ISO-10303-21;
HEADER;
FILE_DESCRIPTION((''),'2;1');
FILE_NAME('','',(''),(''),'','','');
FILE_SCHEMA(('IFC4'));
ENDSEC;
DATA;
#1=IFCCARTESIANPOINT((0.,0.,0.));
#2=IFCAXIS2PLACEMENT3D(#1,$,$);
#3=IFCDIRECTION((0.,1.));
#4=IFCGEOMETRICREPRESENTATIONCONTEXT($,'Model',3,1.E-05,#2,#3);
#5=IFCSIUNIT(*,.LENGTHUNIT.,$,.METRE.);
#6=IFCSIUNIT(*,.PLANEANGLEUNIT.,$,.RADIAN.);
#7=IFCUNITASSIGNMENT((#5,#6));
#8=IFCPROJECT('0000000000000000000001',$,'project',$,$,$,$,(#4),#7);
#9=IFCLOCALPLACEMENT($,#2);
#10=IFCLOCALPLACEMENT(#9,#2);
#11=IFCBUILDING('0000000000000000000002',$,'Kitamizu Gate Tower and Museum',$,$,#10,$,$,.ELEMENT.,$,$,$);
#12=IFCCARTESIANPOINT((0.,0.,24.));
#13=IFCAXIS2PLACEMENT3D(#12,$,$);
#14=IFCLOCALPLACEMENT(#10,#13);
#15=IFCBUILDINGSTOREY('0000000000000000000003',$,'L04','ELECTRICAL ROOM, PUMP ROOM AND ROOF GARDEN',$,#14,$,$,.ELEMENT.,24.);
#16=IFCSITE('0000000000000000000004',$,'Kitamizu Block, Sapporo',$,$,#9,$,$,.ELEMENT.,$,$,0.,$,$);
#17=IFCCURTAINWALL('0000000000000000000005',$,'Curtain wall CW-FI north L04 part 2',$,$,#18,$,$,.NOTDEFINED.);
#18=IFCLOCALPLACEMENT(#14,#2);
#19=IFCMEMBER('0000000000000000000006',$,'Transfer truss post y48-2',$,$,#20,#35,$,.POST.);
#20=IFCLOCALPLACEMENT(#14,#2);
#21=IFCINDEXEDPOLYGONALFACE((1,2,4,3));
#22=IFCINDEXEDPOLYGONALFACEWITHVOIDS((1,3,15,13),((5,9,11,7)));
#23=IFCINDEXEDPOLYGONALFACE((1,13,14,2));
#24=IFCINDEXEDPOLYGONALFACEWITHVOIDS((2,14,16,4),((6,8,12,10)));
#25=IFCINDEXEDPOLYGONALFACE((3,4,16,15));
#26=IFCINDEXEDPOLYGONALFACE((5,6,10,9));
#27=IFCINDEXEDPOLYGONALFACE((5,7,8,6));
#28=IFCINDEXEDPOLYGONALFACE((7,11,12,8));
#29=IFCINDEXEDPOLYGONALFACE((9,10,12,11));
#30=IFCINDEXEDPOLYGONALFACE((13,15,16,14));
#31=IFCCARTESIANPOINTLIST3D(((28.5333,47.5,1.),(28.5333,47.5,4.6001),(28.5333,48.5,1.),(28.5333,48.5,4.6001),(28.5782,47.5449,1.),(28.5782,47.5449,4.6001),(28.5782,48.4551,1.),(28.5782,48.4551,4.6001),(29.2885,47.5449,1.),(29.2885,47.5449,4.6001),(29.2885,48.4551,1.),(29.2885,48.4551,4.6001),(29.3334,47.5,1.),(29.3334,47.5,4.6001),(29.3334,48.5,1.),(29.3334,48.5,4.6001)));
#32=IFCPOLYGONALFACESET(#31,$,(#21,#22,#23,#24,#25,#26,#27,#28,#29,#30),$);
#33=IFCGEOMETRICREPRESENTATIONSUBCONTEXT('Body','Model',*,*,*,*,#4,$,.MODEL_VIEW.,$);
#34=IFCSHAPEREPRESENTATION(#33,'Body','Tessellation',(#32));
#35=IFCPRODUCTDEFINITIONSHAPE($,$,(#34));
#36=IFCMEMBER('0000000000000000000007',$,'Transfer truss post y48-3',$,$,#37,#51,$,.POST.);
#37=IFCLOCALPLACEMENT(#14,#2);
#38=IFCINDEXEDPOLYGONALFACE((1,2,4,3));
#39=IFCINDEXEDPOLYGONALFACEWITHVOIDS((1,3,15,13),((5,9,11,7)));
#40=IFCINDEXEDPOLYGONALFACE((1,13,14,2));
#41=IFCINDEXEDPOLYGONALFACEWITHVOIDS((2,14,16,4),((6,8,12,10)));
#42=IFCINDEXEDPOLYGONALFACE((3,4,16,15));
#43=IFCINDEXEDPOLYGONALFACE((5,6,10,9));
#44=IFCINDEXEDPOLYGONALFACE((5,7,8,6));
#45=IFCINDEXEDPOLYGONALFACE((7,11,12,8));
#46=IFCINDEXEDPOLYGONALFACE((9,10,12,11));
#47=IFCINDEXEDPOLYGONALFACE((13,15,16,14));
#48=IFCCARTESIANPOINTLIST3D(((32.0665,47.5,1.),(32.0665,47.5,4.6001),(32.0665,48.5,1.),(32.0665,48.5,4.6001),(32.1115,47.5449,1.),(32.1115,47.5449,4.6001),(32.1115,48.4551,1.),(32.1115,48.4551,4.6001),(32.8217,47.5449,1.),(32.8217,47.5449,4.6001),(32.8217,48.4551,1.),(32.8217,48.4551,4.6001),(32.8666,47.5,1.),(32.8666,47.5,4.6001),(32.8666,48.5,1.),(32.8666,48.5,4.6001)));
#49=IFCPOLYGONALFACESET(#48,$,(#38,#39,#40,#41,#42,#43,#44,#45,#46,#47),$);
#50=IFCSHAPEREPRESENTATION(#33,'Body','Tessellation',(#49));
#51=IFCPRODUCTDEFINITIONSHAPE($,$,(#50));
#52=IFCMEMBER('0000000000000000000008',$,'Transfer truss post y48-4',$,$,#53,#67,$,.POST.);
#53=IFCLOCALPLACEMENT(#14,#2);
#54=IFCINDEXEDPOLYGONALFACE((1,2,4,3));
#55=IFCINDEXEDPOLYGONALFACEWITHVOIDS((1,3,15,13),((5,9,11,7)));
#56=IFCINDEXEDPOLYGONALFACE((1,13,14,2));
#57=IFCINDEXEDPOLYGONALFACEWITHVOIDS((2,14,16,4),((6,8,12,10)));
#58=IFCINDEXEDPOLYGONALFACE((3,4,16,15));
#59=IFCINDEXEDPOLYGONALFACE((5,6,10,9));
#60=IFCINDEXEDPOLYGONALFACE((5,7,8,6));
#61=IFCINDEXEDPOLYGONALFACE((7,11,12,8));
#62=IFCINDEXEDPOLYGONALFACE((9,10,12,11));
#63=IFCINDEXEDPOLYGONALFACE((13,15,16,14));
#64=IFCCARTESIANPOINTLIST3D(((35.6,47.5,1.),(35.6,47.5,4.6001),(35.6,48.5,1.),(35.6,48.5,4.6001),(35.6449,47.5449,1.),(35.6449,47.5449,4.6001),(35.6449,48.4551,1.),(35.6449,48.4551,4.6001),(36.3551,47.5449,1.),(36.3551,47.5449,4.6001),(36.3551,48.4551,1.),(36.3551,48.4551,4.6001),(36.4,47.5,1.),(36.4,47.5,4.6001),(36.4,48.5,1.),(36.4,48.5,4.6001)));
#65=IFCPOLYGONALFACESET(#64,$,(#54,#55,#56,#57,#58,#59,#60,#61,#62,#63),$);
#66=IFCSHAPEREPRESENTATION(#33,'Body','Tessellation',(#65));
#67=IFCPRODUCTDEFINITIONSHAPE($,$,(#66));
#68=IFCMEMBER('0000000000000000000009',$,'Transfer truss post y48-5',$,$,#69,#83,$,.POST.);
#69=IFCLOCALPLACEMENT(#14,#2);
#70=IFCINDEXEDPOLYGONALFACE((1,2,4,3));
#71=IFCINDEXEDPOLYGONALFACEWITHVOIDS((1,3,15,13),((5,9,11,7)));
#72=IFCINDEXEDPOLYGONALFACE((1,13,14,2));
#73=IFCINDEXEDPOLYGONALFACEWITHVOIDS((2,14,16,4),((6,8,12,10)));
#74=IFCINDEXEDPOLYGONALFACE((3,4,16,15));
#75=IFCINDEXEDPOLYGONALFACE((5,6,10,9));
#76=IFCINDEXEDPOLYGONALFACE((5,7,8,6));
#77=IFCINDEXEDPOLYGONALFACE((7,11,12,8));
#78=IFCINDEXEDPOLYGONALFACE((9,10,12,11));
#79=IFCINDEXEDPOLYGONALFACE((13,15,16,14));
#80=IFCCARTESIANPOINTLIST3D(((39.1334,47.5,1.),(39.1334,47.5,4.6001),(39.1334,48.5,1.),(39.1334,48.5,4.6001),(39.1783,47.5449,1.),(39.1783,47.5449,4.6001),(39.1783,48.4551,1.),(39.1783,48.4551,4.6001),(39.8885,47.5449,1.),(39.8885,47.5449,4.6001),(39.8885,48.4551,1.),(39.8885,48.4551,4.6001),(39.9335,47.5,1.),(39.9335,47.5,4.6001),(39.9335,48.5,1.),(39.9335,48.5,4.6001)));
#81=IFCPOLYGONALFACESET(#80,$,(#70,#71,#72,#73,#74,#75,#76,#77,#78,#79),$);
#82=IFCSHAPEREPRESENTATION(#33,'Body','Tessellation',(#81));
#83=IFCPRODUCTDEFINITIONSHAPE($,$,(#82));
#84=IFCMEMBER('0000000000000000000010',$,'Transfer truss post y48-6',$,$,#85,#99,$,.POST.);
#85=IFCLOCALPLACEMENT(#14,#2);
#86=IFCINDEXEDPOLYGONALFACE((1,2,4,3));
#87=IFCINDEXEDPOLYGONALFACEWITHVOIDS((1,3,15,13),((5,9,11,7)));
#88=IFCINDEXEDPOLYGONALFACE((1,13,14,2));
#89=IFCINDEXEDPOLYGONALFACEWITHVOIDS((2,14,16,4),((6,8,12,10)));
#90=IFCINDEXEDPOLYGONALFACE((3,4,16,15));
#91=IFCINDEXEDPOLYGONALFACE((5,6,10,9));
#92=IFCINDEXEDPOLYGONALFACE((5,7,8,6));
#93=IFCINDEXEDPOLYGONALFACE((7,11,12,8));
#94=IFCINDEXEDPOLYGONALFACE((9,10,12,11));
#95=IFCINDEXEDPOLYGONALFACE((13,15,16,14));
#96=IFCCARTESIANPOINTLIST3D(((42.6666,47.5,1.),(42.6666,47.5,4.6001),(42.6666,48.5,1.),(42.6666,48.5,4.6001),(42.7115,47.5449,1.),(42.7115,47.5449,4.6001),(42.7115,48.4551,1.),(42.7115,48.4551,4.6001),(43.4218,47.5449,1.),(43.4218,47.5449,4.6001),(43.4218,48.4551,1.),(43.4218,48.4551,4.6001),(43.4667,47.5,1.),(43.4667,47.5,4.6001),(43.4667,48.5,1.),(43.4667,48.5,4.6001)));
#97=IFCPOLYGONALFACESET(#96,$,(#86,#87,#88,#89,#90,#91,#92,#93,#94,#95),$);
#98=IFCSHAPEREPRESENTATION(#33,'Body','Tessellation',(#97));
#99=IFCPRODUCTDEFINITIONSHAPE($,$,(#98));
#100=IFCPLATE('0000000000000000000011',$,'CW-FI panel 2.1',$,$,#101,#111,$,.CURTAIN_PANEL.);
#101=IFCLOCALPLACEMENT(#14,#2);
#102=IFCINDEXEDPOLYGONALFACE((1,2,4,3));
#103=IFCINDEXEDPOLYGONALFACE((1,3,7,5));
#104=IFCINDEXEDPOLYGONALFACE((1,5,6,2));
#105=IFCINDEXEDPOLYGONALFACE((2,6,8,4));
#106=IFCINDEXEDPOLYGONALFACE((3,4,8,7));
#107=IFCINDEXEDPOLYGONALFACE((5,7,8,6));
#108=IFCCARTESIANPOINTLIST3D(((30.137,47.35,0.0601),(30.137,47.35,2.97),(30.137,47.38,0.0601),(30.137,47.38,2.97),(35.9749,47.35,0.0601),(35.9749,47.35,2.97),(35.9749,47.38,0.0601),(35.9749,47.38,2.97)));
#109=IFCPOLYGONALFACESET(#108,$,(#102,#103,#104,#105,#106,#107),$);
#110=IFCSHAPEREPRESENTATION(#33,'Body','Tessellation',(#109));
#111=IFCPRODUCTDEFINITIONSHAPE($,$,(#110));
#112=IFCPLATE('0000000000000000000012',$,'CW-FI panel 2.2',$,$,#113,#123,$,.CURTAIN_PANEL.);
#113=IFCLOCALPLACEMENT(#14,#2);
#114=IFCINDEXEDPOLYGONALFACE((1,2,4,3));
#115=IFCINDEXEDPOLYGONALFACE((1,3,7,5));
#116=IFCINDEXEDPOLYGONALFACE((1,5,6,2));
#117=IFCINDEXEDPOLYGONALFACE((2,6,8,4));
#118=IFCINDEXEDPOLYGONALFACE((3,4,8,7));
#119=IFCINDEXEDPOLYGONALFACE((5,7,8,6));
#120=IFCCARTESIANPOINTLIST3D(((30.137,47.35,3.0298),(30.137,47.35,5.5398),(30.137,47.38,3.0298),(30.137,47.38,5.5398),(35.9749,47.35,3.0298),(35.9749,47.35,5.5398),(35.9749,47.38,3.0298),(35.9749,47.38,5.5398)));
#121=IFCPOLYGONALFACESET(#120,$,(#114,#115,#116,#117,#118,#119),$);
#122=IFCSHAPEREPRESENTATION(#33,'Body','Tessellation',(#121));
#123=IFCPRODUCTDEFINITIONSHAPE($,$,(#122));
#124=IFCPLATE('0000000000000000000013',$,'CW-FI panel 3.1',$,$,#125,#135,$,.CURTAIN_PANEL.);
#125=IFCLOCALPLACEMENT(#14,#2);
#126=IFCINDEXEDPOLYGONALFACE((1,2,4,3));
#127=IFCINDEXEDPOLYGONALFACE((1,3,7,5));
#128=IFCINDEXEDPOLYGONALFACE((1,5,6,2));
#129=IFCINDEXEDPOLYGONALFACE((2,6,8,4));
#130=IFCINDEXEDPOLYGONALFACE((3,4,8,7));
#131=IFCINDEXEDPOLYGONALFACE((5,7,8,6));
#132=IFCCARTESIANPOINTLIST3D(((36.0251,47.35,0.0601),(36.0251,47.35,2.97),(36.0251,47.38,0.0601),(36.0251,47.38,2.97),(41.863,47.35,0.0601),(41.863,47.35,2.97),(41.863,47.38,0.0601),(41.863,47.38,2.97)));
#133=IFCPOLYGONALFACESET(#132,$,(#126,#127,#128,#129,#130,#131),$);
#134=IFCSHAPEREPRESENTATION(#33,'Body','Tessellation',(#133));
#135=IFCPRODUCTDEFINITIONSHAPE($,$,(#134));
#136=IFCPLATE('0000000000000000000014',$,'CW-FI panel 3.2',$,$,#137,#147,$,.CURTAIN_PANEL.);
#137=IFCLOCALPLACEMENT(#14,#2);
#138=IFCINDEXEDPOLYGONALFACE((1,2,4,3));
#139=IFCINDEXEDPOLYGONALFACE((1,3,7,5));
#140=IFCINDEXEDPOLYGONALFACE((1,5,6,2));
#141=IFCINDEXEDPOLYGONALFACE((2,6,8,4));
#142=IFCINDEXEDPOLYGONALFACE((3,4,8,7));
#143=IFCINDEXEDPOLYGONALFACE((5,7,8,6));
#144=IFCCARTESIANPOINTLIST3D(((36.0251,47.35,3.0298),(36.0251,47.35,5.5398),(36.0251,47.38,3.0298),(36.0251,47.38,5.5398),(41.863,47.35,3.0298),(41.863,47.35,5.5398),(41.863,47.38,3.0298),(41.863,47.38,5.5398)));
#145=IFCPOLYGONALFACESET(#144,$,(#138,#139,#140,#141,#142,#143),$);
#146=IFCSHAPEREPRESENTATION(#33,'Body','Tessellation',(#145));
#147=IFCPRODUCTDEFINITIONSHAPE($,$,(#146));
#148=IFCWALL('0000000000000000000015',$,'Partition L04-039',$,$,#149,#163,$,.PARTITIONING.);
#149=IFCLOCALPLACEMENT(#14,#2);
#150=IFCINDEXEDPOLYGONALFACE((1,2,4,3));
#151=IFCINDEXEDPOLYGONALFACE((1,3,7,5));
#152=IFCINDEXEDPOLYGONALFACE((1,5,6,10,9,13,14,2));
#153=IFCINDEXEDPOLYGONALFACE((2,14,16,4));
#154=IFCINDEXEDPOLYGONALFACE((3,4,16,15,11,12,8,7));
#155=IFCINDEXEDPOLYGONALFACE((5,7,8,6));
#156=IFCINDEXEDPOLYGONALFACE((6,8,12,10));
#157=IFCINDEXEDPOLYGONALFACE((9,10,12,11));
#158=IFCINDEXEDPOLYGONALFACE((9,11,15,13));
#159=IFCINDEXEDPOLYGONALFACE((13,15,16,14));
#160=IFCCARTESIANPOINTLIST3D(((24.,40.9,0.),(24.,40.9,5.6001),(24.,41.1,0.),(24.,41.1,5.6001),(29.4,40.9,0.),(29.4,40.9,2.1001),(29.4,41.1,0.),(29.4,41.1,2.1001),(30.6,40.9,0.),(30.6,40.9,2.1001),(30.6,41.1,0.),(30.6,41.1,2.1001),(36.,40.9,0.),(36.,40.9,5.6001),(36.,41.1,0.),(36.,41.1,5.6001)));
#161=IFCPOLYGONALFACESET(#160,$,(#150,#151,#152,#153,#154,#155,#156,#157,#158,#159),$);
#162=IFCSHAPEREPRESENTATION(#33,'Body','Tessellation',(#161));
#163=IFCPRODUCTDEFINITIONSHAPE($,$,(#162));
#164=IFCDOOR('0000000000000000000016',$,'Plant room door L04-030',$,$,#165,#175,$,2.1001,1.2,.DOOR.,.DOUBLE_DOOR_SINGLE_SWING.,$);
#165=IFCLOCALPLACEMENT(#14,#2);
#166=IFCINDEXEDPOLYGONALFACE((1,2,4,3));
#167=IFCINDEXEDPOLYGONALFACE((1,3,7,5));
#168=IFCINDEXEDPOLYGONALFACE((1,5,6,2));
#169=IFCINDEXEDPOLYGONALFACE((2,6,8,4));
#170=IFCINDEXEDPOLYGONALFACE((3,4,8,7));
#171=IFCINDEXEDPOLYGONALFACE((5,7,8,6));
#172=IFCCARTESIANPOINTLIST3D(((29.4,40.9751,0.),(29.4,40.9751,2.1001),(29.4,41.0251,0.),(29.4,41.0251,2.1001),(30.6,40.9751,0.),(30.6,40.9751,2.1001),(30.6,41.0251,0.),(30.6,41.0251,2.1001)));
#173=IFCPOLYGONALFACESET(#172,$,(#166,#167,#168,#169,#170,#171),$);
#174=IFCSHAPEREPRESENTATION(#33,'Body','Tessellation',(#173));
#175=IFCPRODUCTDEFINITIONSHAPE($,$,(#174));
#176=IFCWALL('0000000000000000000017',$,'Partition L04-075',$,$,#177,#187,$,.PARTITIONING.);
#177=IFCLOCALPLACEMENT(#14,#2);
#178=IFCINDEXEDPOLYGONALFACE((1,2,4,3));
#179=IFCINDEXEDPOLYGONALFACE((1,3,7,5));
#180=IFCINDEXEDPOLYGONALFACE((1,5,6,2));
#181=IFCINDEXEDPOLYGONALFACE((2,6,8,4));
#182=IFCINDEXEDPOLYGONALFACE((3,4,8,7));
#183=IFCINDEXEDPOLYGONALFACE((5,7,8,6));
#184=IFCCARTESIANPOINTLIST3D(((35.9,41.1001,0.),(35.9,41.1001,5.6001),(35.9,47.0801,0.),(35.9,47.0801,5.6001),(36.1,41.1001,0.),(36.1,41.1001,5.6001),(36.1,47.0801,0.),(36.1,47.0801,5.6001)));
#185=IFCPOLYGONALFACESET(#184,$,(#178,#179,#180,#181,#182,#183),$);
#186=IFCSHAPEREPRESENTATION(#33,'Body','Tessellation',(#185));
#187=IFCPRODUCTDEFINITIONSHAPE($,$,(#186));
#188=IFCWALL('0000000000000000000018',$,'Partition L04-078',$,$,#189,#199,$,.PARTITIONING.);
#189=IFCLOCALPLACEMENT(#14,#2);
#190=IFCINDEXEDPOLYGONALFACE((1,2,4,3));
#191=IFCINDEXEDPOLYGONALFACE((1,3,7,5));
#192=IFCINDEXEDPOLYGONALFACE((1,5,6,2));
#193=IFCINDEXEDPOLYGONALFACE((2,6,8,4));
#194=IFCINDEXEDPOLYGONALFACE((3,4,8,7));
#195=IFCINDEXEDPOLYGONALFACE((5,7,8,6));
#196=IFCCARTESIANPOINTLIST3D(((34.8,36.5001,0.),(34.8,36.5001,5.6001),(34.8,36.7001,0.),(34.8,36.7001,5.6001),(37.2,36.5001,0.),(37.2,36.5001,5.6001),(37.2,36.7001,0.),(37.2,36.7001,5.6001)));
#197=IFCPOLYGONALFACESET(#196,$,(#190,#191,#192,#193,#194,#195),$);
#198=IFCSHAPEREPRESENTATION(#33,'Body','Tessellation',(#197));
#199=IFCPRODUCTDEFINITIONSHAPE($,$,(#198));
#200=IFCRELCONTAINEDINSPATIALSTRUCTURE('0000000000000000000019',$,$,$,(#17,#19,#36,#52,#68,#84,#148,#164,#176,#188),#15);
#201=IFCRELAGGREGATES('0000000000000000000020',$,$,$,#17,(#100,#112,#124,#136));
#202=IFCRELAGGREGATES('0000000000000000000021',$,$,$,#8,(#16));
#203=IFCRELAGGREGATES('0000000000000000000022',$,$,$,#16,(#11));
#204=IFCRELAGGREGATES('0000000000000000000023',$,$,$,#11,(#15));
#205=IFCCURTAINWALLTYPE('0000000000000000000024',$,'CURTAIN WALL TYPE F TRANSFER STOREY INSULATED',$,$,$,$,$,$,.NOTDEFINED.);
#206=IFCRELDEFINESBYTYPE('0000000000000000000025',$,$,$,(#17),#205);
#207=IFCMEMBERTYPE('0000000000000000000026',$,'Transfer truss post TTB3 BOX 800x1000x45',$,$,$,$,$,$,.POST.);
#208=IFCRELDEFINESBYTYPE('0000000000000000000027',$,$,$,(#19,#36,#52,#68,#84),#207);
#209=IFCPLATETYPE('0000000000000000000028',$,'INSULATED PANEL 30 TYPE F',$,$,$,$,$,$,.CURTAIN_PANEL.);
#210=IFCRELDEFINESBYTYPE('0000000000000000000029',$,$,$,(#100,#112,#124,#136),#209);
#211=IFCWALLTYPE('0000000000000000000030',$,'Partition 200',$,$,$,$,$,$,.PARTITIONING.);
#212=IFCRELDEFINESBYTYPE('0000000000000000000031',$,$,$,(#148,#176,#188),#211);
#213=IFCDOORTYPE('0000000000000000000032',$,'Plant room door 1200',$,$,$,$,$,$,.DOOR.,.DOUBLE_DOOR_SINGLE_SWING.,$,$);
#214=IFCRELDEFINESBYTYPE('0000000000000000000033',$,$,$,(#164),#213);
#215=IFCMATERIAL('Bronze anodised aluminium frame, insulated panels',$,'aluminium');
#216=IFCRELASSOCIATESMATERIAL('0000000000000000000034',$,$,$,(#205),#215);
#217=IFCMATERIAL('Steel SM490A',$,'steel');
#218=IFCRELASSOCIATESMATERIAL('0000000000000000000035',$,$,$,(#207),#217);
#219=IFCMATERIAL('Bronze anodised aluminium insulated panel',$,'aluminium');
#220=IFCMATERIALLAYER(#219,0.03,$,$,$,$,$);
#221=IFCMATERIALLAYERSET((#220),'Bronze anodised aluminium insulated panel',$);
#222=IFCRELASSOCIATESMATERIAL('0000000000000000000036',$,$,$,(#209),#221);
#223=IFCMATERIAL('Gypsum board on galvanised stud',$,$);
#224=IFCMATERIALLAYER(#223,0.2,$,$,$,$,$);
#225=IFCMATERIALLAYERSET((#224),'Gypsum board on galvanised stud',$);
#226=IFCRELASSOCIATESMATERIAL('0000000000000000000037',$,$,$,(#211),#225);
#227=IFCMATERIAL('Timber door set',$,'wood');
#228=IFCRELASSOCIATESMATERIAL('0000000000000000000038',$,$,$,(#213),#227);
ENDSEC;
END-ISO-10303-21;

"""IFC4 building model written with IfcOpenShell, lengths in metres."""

from ifc_helpers import new_model, si_unit, direction, frame, frame_2d, origin, origin_2d, place, context, subcontext, project, spatial, rectangle, hollow_rectangle, extrude, material, layer, layer_set, material_profile, profile_set, type_object, element, fill, aggregate, save


model = new_model("IFC4")

# Units and contexts
model_context = context("Model", 3, precision=1e-05, world=origin(), true_north=direction((0.0, 1.0)))
body_context = subcontext(model_context, "Body", "Model", "MODEL_VIEW")
ifc_project = project(units=[si_unit("LENGTHUNIT", "METRE"), si_unit("PLANEANGLEUNIT", "RADIAN")], contexts=[model_context])

# Site, building, storey
site_placement = place(None, origin())
site = spatial("IfcSite", under=ifc_project, at=site_placement, Name="Kitamizu Block, Sapporo", CompositionType="ELEMENT", RefElevation=0.0)
building_placement = place(site_placement, origin())
building = spatial("IfcBuilding", under=site, at=building_placement, Name="Kitamizu Gate Tower and Museum", CompositionType="ELEMENT")
storey_placement = place(building_placement, frame((0.0, 0.0, 24.0)))
storey = spatial("IfcBuildingStorey", under=building, at=storey_placement, Name="L04", Description="ELECTRICAL ROOM, PUMP ROOM AND ROOF GARDEN", CompositionType="ELEMENT", Elevation=24.0)

# Curtain wall
ifc_material_1 = material(Name="Bronze anodised aluminium frame, insulated panels", Category="aluminium")
curtain_wall_type = type_object("IfcCurtainWallType", Name="CURTAIN WALL TYPE F TRANSFER STOREY INSULATED", PredefinedType="NOTDEFINED", material=ifc_material_1)
curtain_wall_placement = place(storey_placement, origin())
curtain_wall = element("IfcCurtainWall", 1, at=curtain_wall_placement, inside=storey, type_object=curtain_wall_type, Name="Curtain wall CW-FI north L04 part 2", PredefinedType="NOTDEFINED")

# Members
ifc_material_2 = material(Name="Steel SM490A", Category="steel")
ifc_material_profile_1 = material_profile(ifc_material_2, hollow_rectangle(XDim=0.8, YDim=1.0, WallThickness=0.0449, at=origin_2d()), Name="BOX 800x1000x45")
ifc_profile_set_1 = profile_set([ifc_material_profile_1], Name="Steel SM490A")
member_type_1 = type_object("IfcMemberType", Name="Transfer truss post TTB3 BOX 800x1000x45", PredefinedType="POST", material=ifc_profile_set_1)
for number, where, z_axis, x_axis, name in (
    (2, (28.9333, 48.0, 1.0), (0.0, 0.0, 1.0), (1.0, 0.0, 0.0), "Transfer truss post y48-2"),
    (3, (32.4666, 48.0, 1.0), (0.0, 0.0, 1.0), (1.0, 0.0, 0.0), "Transfer truss post y48-3"),
    (4, (36.0, 48.0, 1.0), (0.0, 0.0, 1.0), (1.0, 0.0, 0.0), "Transfer truss post y48-4"),
    (5, (39.5334, 48.0, 1.0), (0.0, 0.0, 1.0), (1.0, 0.0, 0.0), "Transfer truss post y48-5"),
    (6, (43.0667, 48.0, 1.0), (0.0, 0.0, 1.0), (1.0, 0.0, 0.0), "Transfer truss post y48-6"),
):
    element("IfcMember", number, at=place(storey_placement, frame(where, z_axis=z_axis, x_axis=x_axis)), inside=storey, type_object=member_type_1, Name=name, PredefinedType="POST", context=body_context, shape_type="SweptSolid", body=[
        extrude(hollow_rectangle(XDim=0.8, YDim=1.0, WallThickness=0.0449, at=origin_2d()), origin(), (0.0, 0.0, 1.0), 3.6001),
    ])

# Plates
ifc_material_3 = material(Name="Bronze anodised aluminium insulated panel", Category="aluminium")
ifc_layer_1 = layer(ifc_material_3, 0.03)
ifc_layer_set_1 = layer_set([ifc_layer_1], Name="Bronze anodised aluminium insulated panel")
plate_type = type_object("IfcPlateType", Name="INSULATED PANEL 30 TYPE F", PredefinedType="CURTAIN_PANEL", material=ifc_layer_set_1)
plate_1_placement = place(storey_placement, frame((33.0559, 47.365, 0.0601), z_axis=(0.0, 0.0, 1.0), x_axis=(1.0, 0.0, 0.0)))
plate_1 = element("IfcPlate", 7, at=plate_1_placement, type_object=plate_type, Name="CW-FI panel 2.1", PredefinedType="CURTAIN_PANEL", context=body_context, shape_type="SweptSolid", body=[
    extrude(rectangle(XDim=5.8379, YDim=0.03, at=origin_2d()), origin(), (0.0, 0.0, 1.0), 2.9099),
])
plate_2_placement = place(storey_placement, frame((33.0559, 47.365, 3.0298), z_axis=(0.0, 0.0, 1.0), x_axis=(1.0, 0.0, 0.0)))
plate_2 = element("IfcPlate", 8, at=plate_2_placement, type_object=plate_type, Name="CW-FI panel 2.2", PredefinedType="CURTAIN_PANEL", context=body_context, shape_type="SweptSolid", body=[
    extrude(rectangle(XDim=5.8379, YDim=0.03, at=origin_2d()), origin(), (0.0, 0.0, 1.0), 2.51),
])
plate_3_placement = place(storey_placement, frame((38.9441, 47.365, 0.0601), z_axis=(0.0, 0.0, 1.0), x_axis=(1.0, 0.0, 0.0)))
plate_3 = element("IfcPlate", 9, at=plate_3_placement, type_object=plate_type, Name="CW-FI panel 3.1", PredefinedType="CURTAIN_PANEL", context=body_context, shape_type="SweptSolid", body=[
    extrude(rectangle(XDim=5.8379, YDim=0.03, at=origin_2d()), origin(), (0.0, 0.0, 1.0), 2.9099),
])
plate_4_placement = place(storey_placement, frame((38.9441, 47.365, 3.0298), z_axis=(0.0, 0.0, 1.0), x_axis=(1.0, 0.0, 0.0)))
plate_4 = element("IfcPlate", 10, at=plate_4_placement, type_object=plate_type, Name="CW-FI panel 3.2", PredefinedType="CURTAIN_PANEL", context=body_context, shape_type="SweptSolid", body=[
    extrude(rectangle(XDim=5.8379, YDim=0.03, at=origin_2d()), origin(), (0.0, 0.0, 1.0), 2.51),
])
aggregate(curtain_wall, [plate_1, plate_2, plate_3, plate_4])

# Wall, opening, door
ifc_material_4 = material(Name="Gypsum board on galvanised stud")
ifc_layer_2 = layer(ifc_material_4, 0.2)
ifc_layer_set_2 = layer_set([ifc_layer_2], Name="Gypsum board on galvanised stud")
wall_type = type_object("IfcWallType", Name="Partition 200", PredefinedType="PARTITIONING", material=ifc_layer_set_2)
wall_1_placement = place(storey_placement, frame((36.0, 41.0, 0.0), z_axis=(0.0, 0.0, 1.0), x_axis=(-1.0, 0.0, 0.0)))
wall_1 = element("IfcWall", 11, at=wall_1_placement, inside=storey, type_object=wall_type, Name="Partition L04-039", PredefinedType="PARTITIONING", context=body_context, shape_type="SweptSolid", body=[
    extrude(rectangle(XDim=12.0, YDim=0.2, at=frame_2d((6.0, 0.0))), origin(), (0.0, 0.0, 1.0), 5.6001),
])
opening_placement = place(wall_1_placement, frame((5.3999, 0.0, 0.0)))
opening = element("IfcOpeningElement", 12, at=opening_placement, cuts=wall_1, PredefinedType="OPENING", context=body_context, shape_type="SweptSolid", body=[
    extrude(rectangle(XDim=1.2, YDim=2.1001, at=frame_2d((0.6001, 1.05))), frame((0.0, 0.1099, 0.0), z_axis=(0.0, -1.0, 0.0), x_axis=(1.0, 0.0, 0.0)), (0.0, 0.0, 1.0), 0.22),
])
ifc_material_5 = material(Name="Timber door set", Category="wood")
door_type = type_object("IfcDoorType", Name="Plant room door 1200", OperationType="DOUBLE_DOOR_SINGLE_SWING", PredefinedType="DOOR", material=ifc_material_5)
door_placement = place(opening_placement, origin())
door = element("IfcDoor", 13, at=door_placement, inside=storey, type_object=door_type, Name="Plant room door L04-030", OperationType="DOUBLE_DOOR_SINGLE_SWING", OverallHeight=2.1001, OverallWidth=1.2, PredefinedType="DOOR", context=body_context, shape_type="SweptSolid", body=[
    extrude(rectangle(XDim=1.2, YDim=2.1001, at=frame_2d((0.6001, 1.05))), frame((0.0, 0.0249, 0.0), z_axis=(0.0, -1.0, 0.0), x_axis=(1.0, 0.0, 0.0)), (0.0, 0.0, 1.0), 0.05),
])
fill(opening, door)

# Walls
wall_2_placement = place(storey_placement, frame((36.0, 41.1001, 0.0), z_axis=(0.0, 0.0, 1.0), x_axis=(0.0, 1.0, 0.0)))
element("IfcWall", 14, at=wall_2_placement, inside=storey, type_object=wall_type, Name="Partition L04-075", PredefinedType="PARTITIONING", context=body_context, shape_type="SweptSolid", body=[
    extrude(rectangle(XDim=5.98, YDim=0.2, at=frame_2d((2.99, 0.0))), origin(), (0.0, 0.0, 1.0), 5.6001),
])
wall_3_placement = place(storey_placement, frame((37.2, 36.6001, 0.0), z_axis=(0.0, 0.0, 1.0), x_axis=(-1.0, 0.0, 0.0)))
element("IfcWall", 15, at=wall_3_placement, inside=storey, type_object=wall_type, Name="Partition L04-078", PredefinedType="PARTITIONING", context=body_context, shape_type="SweptSolid", body=[
    extrude(rectangle(XDim=2.3999, YDim=0.2, at=frame_2d((1.2, 0.0))), origin(), (0.0, 0.0, 1.0), 5.6001),
])

save(model, "model.ifc")
